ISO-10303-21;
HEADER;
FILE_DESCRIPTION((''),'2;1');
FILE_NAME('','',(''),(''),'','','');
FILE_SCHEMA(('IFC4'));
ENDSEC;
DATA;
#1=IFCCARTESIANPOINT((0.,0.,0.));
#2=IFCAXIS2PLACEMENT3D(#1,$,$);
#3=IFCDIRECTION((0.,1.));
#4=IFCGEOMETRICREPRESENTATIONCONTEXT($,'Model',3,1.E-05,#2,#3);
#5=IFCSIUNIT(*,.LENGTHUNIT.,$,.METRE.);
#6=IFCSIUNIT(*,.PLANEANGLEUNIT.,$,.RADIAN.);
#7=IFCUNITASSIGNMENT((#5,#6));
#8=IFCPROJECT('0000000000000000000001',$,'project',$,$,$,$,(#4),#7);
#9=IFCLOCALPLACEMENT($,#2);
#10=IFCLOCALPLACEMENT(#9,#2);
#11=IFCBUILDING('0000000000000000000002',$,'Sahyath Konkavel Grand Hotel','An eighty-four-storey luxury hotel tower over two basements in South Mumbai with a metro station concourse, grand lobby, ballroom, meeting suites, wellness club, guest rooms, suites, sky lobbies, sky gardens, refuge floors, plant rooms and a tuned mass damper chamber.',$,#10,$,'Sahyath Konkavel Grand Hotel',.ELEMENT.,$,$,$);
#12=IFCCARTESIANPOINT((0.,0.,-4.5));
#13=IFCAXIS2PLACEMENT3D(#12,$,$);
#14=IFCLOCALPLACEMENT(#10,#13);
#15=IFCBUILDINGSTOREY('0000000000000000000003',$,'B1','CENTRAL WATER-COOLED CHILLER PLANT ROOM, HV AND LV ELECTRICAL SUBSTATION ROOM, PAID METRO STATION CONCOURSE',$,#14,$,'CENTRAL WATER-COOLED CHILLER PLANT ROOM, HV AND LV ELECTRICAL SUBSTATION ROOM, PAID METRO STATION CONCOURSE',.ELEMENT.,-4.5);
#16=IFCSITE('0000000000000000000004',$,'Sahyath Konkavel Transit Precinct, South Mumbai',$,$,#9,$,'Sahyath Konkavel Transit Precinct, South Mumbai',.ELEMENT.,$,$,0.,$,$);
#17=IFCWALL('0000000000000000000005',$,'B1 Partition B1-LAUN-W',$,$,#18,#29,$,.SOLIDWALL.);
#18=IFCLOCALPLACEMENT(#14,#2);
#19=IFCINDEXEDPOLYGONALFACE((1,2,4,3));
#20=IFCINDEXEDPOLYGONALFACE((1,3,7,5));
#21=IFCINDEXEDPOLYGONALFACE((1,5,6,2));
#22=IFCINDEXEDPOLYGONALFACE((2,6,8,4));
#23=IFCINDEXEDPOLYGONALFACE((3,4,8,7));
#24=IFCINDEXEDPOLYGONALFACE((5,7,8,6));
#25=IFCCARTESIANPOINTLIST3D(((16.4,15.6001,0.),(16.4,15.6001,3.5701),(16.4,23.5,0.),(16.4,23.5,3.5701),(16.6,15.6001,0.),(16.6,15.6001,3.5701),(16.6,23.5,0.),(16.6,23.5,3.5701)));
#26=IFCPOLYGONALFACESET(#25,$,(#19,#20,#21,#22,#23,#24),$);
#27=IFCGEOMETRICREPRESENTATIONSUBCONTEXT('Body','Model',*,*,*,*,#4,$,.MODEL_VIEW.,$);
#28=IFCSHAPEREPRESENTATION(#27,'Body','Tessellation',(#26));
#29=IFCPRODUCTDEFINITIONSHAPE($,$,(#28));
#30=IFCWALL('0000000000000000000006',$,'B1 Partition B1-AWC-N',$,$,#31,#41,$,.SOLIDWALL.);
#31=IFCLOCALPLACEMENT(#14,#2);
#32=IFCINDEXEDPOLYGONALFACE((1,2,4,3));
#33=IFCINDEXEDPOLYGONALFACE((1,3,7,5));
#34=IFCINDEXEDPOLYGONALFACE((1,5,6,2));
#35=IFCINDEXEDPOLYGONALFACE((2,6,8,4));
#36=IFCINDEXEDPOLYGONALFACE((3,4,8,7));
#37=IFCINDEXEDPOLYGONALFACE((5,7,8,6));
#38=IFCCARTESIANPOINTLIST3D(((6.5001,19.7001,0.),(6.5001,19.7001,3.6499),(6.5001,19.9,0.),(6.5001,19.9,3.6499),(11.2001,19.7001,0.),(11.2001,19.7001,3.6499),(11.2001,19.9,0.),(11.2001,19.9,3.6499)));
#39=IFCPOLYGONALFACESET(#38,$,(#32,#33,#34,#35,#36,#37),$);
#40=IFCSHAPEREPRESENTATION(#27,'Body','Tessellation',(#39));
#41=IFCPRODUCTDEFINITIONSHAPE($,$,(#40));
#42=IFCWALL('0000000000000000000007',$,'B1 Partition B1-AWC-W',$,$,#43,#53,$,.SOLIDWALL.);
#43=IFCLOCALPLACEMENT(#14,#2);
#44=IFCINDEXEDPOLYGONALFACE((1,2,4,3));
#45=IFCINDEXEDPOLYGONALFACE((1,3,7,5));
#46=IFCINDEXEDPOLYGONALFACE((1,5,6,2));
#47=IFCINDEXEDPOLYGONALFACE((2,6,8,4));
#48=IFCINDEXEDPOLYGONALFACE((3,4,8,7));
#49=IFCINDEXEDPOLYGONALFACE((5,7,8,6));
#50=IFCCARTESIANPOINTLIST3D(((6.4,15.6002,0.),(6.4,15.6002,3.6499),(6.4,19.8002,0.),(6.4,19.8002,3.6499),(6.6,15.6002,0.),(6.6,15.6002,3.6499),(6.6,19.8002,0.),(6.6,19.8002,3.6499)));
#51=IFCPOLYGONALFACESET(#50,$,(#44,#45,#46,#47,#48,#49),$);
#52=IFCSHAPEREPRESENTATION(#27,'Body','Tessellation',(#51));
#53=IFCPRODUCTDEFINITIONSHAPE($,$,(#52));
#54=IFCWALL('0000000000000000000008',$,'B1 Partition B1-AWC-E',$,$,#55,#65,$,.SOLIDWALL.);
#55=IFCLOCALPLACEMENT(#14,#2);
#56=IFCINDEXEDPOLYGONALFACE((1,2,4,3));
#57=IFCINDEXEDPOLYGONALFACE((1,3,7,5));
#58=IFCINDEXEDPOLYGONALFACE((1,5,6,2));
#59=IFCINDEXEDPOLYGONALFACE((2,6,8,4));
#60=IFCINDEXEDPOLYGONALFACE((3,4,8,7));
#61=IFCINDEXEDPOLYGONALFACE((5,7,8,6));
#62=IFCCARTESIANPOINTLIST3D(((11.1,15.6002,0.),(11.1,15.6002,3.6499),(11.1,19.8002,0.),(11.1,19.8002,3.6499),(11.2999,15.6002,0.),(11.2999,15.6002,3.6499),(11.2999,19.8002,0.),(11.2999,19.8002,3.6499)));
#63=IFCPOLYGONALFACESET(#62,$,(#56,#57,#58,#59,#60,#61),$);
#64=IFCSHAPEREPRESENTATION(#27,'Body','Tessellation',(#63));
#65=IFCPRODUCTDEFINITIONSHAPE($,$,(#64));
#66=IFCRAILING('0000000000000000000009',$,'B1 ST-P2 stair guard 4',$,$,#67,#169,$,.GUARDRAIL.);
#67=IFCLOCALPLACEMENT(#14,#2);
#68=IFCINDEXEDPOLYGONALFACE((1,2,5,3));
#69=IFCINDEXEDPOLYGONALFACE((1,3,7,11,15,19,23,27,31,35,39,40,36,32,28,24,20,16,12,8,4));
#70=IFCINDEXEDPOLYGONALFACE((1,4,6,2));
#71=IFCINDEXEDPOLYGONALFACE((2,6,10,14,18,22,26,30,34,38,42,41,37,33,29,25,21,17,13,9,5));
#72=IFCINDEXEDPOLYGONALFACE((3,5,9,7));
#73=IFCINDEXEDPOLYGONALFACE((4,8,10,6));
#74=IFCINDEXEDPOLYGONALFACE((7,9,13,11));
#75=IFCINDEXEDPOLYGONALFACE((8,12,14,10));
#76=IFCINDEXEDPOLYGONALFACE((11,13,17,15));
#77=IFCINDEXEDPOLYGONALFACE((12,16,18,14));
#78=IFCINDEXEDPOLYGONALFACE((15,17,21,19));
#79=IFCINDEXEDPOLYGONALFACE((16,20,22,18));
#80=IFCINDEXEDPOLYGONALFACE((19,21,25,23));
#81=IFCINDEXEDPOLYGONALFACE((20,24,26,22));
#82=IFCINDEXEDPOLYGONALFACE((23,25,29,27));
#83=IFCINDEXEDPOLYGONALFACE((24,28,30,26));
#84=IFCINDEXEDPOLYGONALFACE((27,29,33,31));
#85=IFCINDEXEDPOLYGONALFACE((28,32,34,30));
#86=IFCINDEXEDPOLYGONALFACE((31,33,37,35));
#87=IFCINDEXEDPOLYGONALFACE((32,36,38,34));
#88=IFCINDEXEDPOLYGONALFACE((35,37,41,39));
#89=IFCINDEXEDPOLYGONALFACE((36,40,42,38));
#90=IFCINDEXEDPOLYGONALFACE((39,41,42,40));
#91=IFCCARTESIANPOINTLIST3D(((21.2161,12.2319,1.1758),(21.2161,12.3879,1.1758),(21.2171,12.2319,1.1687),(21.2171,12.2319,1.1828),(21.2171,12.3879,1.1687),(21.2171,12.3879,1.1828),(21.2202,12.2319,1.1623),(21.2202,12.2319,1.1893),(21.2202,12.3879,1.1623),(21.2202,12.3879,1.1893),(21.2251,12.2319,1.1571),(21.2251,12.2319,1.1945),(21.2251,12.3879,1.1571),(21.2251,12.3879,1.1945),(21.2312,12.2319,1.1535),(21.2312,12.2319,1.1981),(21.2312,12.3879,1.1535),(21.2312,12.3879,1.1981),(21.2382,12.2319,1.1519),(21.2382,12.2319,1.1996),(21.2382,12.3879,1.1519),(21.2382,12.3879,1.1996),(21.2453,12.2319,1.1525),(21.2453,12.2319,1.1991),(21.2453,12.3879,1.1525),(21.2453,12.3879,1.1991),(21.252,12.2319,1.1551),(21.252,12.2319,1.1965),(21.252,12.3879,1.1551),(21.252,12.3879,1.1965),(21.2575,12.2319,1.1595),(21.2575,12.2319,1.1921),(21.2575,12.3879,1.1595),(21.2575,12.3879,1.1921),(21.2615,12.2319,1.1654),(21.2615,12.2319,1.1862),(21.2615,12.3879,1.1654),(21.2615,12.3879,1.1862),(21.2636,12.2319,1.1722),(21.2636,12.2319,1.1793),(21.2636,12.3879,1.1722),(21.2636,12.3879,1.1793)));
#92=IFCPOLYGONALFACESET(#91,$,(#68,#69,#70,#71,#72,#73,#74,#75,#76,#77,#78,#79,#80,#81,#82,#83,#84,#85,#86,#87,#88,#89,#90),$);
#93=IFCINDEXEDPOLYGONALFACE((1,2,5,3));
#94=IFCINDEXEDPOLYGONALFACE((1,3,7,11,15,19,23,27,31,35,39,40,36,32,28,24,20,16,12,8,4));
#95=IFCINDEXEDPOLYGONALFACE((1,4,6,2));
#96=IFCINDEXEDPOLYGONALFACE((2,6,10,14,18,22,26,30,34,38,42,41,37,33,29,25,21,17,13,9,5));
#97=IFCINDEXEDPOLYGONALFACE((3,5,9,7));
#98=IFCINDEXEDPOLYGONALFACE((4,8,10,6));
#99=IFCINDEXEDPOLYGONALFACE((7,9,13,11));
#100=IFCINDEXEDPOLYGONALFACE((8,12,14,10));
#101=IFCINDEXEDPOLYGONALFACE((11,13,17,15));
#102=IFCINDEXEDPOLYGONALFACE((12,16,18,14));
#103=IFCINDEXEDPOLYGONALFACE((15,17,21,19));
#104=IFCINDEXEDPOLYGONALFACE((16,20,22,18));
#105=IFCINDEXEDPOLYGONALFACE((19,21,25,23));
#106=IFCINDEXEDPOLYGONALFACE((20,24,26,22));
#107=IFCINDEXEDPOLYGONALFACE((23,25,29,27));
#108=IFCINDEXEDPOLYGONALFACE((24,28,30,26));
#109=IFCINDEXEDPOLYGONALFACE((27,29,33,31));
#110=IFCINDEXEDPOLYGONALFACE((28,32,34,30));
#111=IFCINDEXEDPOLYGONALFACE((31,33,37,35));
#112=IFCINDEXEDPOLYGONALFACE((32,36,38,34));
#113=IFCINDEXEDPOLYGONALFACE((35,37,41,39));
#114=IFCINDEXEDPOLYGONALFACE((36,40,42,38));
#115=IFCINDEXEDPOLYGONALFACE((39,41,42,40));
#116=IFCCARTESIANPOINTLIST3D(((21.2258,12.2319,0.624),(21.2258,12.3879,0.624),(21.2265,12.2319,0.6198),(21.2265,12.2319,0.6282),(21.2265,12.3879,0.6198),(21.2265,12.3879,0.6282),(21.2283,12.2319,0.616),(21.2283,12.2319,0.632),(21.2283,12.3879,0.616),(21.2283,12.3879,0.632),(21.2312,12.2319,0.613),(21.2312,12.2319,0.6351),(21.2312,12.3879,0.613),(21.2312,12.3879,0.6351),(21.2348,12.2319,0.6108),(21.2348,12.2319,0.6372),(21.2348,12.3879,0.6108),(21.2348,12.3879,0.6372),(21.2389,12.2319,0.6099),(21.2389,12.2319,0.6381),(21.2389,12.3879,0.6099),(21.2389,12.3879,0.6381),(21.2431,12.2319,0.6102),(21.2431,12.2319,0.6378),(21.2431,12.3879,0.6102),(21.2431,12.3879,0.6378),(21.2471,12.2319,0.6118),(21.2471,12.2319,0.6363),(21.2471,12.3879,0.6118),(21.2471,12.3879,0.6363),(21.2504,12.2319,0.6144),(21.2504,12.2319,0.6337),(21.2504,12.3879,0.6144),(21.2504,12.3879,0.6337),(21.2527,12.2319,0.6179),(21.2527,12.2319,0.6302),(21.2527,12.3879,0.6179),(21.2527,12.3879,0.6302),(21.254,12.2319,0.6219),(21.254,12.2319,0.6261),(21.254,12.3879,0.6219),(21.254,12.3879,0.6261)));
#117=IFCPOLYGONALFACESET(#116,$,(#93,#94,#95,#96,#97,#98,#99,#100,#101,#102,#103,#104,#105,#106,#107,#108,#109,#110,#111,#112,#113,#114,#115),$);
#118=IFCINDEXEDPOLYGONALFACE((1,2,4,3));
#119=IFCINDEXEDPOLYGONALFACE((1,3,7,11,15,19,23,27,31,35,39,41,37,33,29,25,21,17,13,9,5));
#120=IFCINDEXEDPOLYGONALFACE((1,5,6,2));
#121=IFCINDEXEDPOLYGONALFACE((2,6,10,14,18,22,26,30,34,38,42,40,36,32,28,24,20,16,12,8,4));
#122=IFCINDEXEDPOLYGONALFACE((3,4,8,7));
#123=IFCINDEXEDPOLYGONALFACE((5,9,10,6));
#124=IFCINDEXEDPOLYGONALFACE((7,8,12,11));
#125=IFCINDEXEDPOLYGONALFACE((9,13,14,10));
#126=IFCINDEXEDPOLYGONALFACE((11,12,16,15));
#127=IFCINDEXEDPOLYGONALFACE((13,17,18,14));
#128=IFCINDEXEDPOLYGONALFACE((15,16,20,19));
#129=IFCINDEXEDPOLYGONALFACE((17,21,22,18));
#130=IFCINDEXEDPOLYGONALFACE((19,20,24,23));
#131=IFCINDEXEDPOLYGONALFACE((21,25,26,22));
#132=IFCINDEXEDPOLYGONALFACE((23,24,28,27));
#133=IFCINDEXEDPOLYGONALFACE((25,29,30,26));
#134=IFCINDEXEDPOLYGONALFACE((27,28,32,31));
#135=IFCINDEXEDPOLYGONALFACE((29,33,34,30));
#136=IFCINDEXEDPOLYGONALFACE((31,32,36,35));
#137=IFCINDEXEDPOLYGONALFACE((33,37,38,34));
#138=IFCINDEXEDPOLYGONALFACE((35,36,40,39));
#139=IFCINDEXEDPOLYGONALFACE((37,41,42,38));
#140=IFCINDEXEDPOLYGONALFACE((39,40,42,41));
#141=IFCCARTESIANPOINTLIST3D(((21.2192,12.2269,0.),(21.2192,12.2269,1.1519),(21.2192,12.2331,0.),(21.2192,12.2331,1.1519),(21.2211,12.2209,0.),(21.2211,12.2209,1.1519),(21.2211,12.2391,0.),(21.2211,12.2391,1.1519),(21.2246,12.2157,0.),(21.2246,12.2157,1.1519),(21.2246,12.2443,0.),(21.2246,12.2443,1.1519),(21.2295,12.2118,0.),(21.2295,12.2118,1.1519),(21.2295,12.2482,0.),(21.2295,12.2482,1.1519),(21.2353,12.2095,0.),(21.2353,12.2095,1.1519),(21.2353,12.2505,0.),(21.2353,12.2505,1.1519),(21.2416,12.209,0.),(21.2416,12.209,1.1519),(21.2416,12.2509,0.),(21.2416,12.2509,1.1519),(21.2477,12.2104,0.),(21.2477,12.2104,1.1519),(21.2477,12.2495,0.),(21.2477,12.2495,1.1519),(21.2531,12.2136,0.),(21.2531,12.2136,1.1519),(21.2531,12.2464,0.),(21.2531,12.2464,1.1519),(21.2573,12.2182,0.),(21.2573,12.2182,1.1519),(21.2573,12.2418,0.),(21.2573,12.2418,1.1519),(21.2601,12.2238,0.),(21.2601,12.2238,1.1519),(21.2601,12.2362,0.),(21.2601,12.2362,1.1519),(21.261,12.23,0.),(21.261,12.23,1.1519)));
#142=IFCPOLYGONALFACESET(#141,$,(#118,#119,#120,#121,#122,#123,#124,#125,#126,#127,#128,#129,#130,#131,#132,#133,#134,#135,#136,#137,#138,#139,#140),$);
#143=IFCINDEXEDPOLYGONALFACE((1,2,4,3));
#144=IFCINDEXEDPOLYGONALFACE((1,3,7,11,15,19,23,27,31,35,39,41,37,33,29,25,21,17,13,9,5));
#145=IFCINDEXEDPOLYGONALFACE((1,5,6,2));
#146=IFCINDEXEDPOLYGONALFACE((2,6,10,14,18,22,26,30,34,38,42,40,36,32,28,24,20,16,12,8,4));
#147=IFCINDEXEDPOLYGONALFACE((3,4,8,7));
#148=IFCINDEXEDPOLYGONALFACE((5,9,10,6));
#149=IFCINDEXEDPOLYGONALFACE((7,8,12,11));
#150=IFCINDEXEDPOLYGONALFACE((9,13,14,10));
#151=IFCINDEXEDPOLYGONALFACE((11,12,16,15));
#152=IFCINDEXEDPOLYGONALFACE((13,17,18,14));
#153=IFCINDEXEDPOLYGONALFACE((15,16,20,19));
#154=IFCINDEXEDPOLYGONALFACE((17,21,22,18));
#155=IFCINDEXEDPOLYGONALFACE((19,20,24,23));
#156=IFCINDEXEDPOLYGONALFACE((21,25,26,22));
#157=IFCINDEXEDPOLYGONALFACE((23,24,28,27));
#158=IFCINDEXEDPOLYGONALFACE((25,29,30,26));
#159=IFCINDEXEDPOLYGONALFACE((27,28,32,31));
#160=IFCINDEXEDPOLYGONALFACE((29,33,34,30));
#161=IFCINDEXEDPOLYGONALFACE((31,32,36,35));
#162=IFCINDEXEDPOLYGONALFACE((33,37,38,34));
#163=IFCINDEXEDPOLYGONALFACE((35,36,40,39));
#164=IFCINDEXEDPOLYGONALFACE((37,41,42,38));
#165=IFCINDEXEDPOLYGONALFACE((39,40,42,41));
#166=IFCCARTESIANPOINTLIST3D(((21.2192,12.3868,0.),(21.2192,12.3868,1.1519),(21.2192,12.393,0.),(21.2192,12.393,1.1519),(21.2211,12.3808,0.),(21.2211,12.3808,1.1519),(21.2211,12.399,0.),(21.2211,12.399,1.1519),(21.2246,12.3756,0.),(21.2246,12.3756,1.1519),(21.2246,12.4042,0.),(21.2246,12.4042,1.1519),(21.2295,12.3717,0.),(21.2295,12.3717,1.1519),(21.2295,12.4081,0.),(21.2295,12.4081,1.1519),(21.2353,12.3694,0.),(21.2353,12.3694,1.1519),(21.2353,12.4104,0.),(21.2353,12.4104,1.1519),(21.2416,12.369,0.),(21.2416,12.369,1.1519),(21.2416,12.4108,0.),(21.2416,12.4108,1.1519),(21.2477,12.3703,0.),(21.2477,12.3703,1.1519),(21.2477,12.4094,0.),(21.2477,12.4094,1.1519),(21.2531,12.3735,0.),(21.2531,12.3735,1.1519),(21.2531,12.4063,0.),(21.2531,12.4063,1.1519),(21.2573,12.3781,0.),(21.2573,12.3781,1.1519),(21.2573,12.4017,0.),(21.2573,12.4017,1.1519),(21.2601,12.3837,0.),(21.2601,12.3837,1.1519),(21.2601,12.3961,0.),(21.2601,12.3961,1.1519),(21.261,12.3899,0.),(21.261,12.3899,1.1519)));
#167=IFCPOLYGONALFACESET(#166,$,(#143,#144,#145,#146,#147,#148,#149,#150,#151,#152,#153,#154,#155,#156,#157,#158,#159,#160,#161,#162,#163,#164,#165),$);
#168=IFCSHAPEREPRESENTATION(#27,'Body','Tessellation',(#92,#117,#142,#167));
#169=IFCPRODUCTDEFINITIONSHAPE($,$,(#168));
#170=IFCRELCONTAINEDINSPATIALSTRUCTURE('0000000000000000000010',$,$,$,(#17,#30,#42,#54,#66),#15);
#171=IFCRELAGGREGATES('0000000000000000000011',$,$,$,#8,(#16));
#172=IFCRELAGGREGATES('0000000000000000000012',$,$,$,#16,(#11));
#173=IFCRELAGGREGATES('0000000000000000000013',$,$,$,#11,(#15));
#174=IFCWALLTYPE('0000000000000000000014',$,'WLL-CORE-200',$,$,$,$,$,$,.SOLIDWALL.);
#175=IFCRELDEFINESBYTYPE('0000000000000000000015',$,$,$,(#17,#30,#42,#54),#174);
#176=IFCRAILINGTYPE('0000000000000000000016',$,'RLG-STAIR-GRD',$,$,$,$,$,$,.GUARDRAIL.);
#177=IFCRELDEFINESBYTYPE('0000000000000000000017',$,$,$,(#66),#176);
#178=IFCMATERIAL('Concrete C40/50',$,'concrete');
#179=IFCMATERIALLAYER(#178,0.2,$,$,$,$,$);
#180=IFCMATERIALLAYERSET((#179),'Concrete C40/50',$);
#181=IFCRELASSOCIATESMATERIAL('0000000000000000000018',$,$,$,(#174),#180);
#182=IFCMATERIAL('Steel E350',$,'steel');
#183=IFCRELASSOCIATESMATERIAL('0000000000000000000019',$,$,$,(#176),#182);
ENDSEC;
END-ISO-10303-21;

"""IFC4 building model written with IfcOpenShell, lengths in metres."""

from ifc_helpers import new_model, si_unit, direction, frame, frame_2d, origin, origin_2d, place, context, subcontext, project, spatial, rectangle, circle, extrude, material, layer, layer_set, type_object, element, save


model = new_model("IFC4")

# Units and contexts
model_context = context("Model", 3, precision=1e-05, world=origin(), true_north=direction((0.0, 1.0)))
body_context = subcontext(model_context, "Body", "Model", "MODEL_VIEW")
ifc_project = project(units=[si_unit("LENGTHUNIT", "METRE"), si_unit("PLANEANGLEUNIT", "RADIAN")], contexts=[model_context])

# Site, building, storey
site_placement = place(None, origin())
site = spatial("IfcSite", under=ifc_project, at=site_placement, Name="Sahyath Konkavel Transit Precinct, South Mumbai", LongName="Sahyath Konkavel Transit Precinct, South Mumbai", CompositionType="ELEMENT", RefElevation=0.0)
building_placement = place(site_placement, origin())
building = spatial("IfcBuilding", under=site, at=building_placement, Name="Sahyath Konkavel Grand Hotel", Description="An eighty-four-storey luxury hotel tower over two basements in South Mumbai with a metro station concourse, grand lobby, ballroom, meeting suites, wellness club, guest rooms, suites, sky lobbies, sky gardens, refuge floors, plant rooms and a tuned mass damper chamber.", LongName="Sahyath Konkavel Grand Hotel", CompositionType="ELEMENT")
storey_placement = place(building_placement, frame((0.0, 0.0, -4.5)))
storey = spatial("IfcBuildingStorey", under=building, at=storey_placement, Name="B1", Description="CENTRAL WATER-COOLED CHILLER PLANT ROOM, HV AND LV ELECTRICAL SUBSTATION ROOM, PAID METRO STATION CONCOURSE", LongName="CENTRAL WATER-COOLED CHILLER PLANT ROOM, HV AND LV ELECTRICAL SUBSTATION ROOM, PAID METRO STATION CONCOURSE", CompositionType="ELEMENT", Elevation=-4.5)

# Shared definitions
ifc_material_1 = material(Name="Steel E350", Category="steel")

# Shared definitions
ifc_material_2 = material(Name="Concrete C40/50", Category="concrete")

# Shared definitions
ifc_layer_1 = layer(ifc_material_2, 0.2)
ifc_layer_set_1 = layer_set([ifc_layer_1], Name="Concrete C40/50")
wall_type_1 = type_object("IfcWallType", Name="WLL-CORE-200", PredefinedType="SOLIDWALL", material=ifc_layer_set_1)

# Walls
wall_1_placement = place(storey_placement, frame((16.5, 15.6001, 0.0), z_axis=(0.0, 0.0, 1.0), x_axis=(0.0, 1.0, 0.0)))
element("IfcWall", 1, at=wall_1_placement, inside=storey, type_object=wall_type_1, Name="B1 Partition B1-LAUN-W", PredefinedType="SOLIDWALL", context=body_context, shape_type="SweptSolid", body=[
    extrude(rectangle(XDim=7.8999, YDim=0.2, at=frame_2d((3.95, 0.0))), origin(), (0.0, 0.0, 1.0), 3.5701),
])
wall_2_placement = place(storey_placement, frame((6.5, 19.8, 0.0), z_axis=(0.0, 0.0, 1.0), x_axis=(1.0, 0.0, 0.0)))
element("IfcWall", 2, at=wall_2_placement, inside=storey, type_object=wall_type_1, Name="B1 Partition B1-AWC-N", PredefinedType="SOLIDWALL", context=body_context, shape_type="SweptSolid", body=[
    extrude(rectangle(XDim=4.7, YDim=0.2, at=frame_2d((2.3501, 0.0))), origin(), (0.0, 0.0, 1.0), 3.6499),
])

# Walls
for number, where, z_axis, x_axis, name in (
    (3, (6.5, 15.6001, 0.0), (0.0, 0.0, 1.0), (0.0, 1.0, 0.0), "B1 Partition B1-AWC-W"),
    (4, (11.2, 15.6001, 0.0), (0.0, 0.0, 1.0), (0.0, 1.0, 0.0), "B1 Partition B1-AWC-E"),
):
    element("IfcWall", number, at=place(storey_placement, frame(where, z_axis=z_axis, x_axis=x_axis)), inside=storey, type_object=wall_type_1, Name=name, PredefinedType="SOLIDWALL", context=body_context, shape_type="SweptSolid", body=[
        extrude(rectangle(XDim=4.2, YDim=0.2, at=frame_2d((2.1001, 0.0))), origin(), (0.0, 0.0, 1.0), 3.6499),
    ])

# Railing
railing_type = type_object("IfcRailingType", Name="RLG-STAIR-GRD", PredefinedType="GUARDRAIL", material=ifc_material_1)
railing_placement = place(storey_placement, frame((21.24, 12.23, 0.0)))
element("IfcRailing", 5, at=railing_placement, inside=storey, type_object=railing_type, Name="B1 ST-P2 stair guard 4", PredefinedType="GUARDRAIL", context=body_context, shape_type="SweptSolid", body=[
    extrude(circle(Radius=0.0239, at=origin_2d()), frame((0.0, 0.002, 1.1758), z_axis=(0.0, 1.0, 0.0), x_axis=(-1.0, 0.0, 0.0)), (0.0, 0.0, 1.0), 0.156),
    extrude(circle(Radius=0.0142, at=origin_2d()), frame((0.0, 0.002, 0.624), z_axis=(0.0, 1.0, 0.0), x_axis=(-1.0, 0.0, 0.0)), (0.0, 0.0, 1.0), 0.156),
    extrude(circle(Radius=0.021, at=origin_2d()), origin(), (0.0, 0.0, 1.0), 1.1519),
    extrude(circle(Radius=0.021, at=origin_2d()), frame((0.0, 0.1599, 0.0)), (0.0, 0.0, 1.0), 1.1519),
])

save(model, "model.ifc")
